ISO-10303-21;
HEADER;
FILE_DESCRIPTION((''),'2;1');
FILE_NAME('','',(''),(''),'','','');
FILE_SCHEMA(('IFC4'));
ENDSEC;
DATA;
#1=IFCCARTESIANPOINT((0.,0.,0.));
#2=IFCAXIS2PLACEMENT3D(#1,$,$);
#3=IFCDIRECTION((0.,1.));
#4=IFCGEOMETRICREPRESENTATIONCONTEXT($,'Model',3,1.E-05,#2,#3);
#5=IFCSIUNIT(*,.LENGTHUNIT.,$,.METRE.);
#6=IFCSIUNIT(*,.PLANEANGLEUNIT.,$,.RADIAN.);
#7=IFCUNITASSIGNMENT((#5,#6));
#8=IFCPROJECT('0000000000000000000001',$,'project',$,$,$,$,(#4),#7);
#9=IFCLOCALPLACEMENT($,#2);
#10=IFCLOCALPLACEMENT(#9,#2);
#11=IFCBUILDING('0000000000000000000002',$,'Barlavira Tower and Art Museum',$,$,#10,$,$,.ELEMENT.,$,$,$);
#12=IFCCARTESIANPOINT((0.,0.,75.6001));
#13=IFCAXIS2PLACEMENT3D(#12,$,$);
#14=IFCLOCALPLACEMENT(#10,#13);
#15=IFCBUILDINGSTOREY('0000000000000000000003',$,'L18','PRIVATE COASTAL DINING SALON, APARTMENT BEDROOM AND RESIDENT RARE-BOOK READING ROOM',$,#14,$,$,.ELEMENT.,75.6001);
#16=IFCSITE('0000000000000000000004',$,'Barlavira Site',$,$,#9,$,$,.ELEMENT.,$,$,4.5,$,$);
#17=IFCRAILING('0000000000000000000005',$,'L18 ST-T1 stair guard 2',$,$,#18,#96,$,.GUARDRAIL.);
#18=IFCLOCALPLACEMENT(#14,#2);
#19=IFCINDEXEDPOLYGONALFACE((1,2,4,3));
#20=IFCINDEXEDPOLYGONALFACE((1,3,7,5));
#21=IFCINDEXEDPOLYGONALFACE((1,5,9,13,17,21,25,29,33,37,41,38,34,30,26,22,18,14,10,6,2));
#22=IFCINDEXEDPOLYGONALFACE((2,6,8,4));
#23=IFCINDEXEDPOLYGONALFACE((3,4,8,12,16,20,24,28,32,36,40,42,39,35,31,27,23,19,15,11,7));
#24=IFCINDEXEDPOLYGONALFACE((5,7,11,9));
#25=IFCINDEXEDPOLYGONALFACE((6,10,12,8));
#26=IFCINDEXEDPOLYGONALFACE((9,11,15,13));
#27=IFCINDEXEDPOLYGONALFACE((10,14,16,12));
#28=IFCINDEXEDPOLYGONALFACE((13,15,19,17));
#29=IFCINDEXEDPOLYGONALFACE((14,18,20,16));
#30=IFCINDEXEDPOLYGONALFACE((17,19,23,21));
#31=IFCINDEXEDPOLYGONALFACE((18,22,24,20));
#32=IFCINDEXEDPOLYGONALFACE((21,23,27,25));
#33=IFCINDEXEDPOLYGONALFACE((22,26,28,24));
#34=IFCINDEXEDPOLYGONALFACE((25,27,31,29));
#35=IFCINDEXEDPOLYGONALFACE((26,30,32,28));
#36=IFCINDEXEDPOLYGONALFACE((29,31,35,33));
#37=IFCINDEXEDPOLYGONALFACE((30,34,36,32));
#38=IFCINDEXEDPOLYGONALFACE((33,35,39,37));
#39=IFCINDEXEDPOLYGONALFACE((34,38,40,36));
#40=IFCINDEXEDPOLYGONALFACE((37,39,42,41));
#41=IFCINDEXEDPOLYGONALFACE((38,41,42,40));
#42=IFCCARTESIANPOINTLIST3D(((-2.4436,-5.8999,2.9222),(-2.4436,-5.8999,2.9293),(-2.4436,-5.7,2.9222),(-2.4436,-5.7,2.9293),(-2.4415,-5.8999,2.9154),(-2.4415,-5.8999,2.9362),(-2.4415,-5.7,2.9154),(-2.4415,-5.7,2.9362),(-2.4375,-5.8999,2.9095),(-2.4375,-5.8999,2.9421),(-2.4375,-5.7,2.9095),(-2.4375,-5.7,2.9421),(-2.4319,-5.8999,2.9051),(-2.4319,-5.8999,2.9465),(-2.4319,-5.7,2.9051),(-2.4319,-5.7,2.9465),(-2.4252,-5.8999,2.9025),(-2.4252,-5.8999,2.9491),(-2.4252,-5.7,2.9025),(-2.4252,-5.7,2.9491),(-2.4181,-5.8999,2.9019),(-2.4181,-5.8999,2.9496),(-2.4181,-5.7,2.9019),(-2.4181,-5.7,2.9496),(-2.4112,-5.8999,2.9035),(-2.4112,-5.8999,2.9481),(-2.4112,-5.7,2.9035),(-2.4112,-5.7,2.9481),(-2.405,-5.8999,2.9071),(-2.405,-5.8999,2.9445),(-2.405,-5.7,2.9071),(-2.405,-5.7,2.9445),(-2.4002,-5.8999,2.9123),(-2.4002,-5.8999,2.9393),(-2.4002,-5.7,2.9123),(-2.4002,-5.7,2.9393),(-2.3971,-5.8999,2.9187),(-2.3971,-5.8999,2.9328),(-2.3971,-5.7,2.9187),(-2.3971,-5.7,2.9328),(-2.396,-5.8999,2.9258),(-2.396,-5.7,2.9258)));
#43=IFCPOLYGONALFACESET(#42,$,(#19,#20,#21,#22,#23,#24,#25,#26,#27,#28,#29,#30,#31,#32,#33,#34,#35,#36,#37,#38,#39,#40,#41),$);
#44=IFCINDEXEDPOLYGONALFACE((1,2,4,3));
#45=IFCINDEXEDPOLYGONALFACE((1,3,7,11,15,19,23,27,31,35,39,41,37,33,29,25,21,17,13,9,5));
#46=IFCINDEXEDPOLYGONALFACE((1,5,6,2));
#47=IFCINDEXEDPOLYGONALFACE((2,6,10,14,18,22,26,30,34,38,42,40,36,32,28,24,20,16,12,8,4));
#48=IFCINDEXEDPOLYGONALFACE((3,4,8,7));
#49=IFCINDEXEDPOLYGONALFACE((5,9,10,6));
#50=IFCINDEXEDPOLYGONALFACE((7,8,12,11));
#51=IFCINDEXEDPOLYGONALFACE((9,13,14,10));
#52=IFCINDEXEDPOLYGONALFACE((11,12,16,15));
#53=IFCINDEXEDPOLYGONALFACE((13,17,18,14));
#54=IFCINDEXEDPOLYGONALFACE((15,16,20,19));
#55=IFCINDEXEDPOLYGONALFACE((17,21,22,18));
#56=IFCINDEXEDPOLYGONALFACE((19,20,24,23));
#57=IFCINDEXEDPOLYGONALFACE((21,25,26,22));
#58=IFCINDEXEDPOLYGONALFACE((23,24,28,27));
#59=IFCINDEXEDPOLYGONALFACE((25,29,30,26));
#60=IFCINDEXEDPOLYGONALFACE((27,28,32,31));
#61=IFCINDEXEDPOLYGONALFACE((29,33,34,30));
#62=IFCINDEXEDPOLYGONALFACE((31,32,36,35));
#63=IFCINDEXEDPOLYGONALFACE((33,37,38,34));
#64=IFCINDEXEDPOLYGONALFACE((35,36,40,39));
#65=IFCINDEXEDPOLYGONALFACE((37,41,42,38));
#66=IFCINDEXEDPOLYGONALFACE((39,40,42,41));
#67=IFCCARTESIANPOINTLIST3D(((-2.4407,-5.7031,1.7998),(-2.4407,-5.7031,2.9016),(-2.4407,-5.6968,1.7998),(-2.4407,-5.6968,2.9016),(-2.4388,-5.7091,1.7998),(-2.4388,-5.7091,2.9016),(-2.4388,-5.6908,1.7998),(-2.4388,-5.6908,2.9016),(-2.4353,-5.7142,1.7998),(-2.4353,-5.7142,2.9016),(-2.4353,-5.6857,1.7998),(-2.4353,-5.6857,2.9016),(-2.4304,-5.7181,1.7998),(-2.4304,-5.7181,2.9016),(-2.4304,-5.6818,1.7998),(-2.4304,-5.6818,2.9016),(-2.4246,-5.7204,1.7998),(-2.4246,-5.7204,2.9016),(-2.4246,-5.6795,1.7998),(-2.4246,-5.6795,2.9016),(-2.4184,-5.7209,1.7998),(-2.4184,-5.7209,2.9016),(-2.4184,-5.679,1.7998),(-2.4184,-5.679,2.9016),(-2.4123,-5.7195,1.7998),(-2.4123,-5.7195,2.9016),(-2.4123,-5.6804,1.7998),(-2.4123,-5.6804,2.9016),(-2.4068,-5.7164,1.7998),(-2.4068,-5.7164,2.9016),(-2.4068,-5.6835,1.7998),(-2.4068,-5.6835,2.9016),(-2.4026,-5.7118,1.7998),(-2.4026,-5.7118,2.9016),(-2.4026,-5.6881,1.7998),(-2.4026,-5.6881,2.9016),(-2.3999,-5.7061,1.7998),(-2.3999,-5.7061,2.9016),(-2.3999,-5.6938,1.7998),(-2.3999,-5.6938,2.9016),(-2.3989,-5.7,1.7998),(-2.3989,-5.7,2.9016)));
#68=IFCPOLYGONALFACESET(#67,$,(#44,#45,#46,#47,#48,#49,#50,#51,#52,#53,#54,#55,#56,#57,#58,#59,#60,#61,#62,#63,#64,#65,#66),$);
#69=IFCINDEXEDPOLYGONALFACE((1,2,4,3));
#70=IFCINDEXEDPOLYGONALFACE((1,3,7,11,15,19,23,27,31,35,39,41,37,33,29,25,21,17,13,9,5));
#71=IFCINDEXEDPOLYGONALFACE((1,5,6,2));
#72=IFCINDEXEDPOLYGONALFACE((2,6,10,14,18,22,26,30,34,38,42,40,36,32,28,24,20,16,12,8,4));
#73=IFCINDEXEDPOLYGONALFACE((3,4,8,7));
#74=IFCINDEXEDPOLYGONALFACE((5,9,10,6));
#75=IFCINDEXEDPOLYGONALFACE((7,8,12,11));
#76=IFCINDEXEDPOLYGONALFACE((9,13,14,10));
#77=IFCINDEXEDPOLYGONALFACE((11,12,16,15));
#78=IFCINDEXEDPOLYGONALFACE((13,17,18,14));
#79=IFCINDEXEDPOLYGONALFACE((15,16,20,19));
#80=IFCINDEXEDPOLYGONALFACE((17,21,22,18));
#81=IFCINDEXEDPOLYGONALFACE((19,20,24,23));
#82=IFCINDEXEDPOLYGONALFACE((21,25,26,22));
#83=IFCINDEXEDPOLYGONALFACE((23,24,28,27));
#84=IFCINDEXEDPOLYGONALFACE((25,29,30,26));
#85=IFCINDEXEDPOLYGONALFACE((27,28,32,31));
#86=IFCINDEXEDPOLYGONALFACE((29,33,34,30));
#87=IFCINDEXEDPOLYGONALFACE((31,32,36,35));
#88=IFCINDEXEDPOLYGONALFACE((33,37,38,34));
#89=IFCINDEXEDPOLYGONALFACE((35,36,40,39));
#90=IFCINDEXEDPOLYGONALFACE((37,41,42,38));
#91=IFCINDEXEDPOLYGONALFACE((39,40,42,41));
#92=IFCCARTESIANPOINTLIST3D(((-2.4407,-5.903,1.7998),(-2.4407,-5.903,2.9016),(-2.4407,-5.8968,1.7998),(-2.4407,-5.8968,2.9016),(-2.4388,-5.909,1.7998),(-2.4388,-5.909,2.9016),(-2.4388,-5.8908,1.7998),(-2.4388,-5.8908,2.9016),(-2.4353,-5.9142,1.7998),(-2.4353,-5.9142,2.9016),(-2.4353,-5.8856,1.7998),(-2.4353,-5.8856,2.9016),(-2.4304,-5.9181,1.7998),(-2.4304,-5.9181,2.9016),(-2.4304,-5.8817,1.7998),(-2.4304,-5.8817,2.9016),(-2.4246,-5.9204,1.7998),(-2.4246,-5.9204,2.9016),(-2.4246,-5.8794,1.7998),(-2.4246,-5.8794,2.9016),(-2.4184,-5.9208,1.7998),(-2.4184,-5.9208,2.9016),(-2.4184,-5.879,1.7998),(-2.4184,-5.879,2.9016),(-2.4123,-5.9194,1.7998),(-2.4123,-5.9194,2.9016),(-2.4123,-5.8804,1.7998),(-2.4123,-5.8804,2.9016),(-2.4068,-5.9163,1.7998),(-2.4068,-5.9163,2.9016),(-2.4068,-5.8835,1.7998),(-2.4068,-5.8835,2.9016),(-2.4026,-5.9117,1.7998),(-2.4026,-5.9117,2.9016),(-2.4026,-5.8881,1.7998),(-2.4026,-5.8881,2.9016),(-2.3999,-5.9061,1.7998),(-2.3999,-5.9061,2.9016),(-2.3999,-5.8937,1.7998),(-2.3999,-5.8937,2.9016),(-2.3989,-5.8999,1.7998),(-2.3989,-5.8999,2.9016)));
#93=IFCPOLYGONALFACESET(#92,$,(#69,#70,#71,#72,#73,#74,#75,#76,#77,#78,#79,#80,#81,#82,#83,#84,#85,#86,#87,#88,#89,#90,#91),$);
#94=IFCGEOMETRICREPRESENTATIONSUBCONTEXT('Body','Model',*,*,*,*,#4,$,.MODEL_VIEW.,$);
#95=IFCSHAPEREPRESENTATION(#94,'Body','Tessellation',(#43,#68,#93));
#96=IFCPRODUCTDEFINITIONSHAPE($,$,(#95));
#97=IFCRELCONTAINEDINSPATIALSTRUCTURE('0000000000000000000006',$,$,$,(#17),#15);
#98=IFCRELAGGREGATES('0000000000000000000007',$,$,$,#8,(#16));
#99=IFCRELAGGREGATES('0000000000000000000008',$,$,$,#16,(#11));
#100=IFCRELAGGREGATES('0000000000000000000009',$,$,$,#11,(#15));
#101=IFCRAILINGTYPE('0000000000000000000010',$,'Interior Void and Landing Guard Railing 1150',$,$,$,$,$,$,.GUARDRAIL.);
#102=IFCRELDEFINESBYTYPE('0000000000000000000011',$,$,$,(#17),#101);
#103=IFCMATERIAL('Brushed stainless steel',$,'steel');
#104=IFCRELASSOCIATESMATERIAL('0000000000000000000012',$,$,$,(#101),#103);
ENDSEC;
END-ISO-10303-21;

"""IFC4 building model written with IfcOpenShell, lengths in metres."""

from ifc_helpers import new_model, si_unit, direction, frame, origin, origin_2d, place, context, subcontext, project, spatial, circle, extrude, material, type_object, element, save


model = new_model("IFC4")

# Units and contexts
model_context = context("Model", 3, precision=1e-05, world=origin(), true_north=direction((0.0, 1.0)))
body_context = subcontext(model_context, "Body", "Model", "MODEL_VIEW")
ifc_project = project(units=[si_unit("LENGTHUNIT", "METRE"), si_unit("PLANEANGLEUNIT", "RADIAN")], contexts=[model_context])

# Site, building, storey
site_placement = place(None, origin())
site = spatial("IfcSite", under=ifc_project, at=site_placement, Name="Barlavira Site", CompositionType="ELEMENT", RefElevation=4.5)
building_placement = place(site_placement, origin())
building = spatial("IfcBuilding", under=site, at=building_placement, Name="Barlavira Tower and Art Museum", CompositionType="ELEMENT")
storey_placement = place(building_placement, frame((0.0, 0.0, 75.6001)))
storey = spatial("IfcBuildingStorey", under=building, at=storey_placement, Name="L18", Description="PRIVATE COASTAL DINING SALON, APARTMENT BEDROOM AND RESIDENT RARE-BOOK READING ROOM", CompositionType="ELEMENT", Elevation=75.6001)

# Shared definitions
ifc_material_1 = material(Name="Brushed stainless steel", Category="steel")

# Railing
railing_type_1 = type_object("IfcRailingType", Name="Interior Void and Landing Guard Railing 1150", PredefinedType="GUARDRAIL", material=ifc_material_1)
railing_1_placement = place(storey_placement, frame((-2.4199, -5.7, 1.7998)))
element("IfcRailing", 1, at=railing_1_placement, inside=storey, type_object=railing_type_1, Name="L18 ST-T1 stair guard 2", PredefinedType="GUARDRAIL", context=body_context, shape_type="SweptSolid", body=[
    extrude(circle(Radius=0.0239, at=origin_2d()), frame((0.0, 0.0, 1.126), z_axis=(0.0, -1.0, 0.0), x_axis=(1.0, 0.0, 0.0)), (0.0, 0.0, 1.0), 0.2),
    extrude(circle(Radius=0.021, at=origin_2d()), origin(), (0.0, 0.0, 1.0), 1.1018),
    extrude(circle(Radius=0.021, at=origin_2d()), frame((0.0, -0.2, 0.0)), (0.0, 0.0, 1.0), 1.1018),
])

save(model, "model.ifc")
